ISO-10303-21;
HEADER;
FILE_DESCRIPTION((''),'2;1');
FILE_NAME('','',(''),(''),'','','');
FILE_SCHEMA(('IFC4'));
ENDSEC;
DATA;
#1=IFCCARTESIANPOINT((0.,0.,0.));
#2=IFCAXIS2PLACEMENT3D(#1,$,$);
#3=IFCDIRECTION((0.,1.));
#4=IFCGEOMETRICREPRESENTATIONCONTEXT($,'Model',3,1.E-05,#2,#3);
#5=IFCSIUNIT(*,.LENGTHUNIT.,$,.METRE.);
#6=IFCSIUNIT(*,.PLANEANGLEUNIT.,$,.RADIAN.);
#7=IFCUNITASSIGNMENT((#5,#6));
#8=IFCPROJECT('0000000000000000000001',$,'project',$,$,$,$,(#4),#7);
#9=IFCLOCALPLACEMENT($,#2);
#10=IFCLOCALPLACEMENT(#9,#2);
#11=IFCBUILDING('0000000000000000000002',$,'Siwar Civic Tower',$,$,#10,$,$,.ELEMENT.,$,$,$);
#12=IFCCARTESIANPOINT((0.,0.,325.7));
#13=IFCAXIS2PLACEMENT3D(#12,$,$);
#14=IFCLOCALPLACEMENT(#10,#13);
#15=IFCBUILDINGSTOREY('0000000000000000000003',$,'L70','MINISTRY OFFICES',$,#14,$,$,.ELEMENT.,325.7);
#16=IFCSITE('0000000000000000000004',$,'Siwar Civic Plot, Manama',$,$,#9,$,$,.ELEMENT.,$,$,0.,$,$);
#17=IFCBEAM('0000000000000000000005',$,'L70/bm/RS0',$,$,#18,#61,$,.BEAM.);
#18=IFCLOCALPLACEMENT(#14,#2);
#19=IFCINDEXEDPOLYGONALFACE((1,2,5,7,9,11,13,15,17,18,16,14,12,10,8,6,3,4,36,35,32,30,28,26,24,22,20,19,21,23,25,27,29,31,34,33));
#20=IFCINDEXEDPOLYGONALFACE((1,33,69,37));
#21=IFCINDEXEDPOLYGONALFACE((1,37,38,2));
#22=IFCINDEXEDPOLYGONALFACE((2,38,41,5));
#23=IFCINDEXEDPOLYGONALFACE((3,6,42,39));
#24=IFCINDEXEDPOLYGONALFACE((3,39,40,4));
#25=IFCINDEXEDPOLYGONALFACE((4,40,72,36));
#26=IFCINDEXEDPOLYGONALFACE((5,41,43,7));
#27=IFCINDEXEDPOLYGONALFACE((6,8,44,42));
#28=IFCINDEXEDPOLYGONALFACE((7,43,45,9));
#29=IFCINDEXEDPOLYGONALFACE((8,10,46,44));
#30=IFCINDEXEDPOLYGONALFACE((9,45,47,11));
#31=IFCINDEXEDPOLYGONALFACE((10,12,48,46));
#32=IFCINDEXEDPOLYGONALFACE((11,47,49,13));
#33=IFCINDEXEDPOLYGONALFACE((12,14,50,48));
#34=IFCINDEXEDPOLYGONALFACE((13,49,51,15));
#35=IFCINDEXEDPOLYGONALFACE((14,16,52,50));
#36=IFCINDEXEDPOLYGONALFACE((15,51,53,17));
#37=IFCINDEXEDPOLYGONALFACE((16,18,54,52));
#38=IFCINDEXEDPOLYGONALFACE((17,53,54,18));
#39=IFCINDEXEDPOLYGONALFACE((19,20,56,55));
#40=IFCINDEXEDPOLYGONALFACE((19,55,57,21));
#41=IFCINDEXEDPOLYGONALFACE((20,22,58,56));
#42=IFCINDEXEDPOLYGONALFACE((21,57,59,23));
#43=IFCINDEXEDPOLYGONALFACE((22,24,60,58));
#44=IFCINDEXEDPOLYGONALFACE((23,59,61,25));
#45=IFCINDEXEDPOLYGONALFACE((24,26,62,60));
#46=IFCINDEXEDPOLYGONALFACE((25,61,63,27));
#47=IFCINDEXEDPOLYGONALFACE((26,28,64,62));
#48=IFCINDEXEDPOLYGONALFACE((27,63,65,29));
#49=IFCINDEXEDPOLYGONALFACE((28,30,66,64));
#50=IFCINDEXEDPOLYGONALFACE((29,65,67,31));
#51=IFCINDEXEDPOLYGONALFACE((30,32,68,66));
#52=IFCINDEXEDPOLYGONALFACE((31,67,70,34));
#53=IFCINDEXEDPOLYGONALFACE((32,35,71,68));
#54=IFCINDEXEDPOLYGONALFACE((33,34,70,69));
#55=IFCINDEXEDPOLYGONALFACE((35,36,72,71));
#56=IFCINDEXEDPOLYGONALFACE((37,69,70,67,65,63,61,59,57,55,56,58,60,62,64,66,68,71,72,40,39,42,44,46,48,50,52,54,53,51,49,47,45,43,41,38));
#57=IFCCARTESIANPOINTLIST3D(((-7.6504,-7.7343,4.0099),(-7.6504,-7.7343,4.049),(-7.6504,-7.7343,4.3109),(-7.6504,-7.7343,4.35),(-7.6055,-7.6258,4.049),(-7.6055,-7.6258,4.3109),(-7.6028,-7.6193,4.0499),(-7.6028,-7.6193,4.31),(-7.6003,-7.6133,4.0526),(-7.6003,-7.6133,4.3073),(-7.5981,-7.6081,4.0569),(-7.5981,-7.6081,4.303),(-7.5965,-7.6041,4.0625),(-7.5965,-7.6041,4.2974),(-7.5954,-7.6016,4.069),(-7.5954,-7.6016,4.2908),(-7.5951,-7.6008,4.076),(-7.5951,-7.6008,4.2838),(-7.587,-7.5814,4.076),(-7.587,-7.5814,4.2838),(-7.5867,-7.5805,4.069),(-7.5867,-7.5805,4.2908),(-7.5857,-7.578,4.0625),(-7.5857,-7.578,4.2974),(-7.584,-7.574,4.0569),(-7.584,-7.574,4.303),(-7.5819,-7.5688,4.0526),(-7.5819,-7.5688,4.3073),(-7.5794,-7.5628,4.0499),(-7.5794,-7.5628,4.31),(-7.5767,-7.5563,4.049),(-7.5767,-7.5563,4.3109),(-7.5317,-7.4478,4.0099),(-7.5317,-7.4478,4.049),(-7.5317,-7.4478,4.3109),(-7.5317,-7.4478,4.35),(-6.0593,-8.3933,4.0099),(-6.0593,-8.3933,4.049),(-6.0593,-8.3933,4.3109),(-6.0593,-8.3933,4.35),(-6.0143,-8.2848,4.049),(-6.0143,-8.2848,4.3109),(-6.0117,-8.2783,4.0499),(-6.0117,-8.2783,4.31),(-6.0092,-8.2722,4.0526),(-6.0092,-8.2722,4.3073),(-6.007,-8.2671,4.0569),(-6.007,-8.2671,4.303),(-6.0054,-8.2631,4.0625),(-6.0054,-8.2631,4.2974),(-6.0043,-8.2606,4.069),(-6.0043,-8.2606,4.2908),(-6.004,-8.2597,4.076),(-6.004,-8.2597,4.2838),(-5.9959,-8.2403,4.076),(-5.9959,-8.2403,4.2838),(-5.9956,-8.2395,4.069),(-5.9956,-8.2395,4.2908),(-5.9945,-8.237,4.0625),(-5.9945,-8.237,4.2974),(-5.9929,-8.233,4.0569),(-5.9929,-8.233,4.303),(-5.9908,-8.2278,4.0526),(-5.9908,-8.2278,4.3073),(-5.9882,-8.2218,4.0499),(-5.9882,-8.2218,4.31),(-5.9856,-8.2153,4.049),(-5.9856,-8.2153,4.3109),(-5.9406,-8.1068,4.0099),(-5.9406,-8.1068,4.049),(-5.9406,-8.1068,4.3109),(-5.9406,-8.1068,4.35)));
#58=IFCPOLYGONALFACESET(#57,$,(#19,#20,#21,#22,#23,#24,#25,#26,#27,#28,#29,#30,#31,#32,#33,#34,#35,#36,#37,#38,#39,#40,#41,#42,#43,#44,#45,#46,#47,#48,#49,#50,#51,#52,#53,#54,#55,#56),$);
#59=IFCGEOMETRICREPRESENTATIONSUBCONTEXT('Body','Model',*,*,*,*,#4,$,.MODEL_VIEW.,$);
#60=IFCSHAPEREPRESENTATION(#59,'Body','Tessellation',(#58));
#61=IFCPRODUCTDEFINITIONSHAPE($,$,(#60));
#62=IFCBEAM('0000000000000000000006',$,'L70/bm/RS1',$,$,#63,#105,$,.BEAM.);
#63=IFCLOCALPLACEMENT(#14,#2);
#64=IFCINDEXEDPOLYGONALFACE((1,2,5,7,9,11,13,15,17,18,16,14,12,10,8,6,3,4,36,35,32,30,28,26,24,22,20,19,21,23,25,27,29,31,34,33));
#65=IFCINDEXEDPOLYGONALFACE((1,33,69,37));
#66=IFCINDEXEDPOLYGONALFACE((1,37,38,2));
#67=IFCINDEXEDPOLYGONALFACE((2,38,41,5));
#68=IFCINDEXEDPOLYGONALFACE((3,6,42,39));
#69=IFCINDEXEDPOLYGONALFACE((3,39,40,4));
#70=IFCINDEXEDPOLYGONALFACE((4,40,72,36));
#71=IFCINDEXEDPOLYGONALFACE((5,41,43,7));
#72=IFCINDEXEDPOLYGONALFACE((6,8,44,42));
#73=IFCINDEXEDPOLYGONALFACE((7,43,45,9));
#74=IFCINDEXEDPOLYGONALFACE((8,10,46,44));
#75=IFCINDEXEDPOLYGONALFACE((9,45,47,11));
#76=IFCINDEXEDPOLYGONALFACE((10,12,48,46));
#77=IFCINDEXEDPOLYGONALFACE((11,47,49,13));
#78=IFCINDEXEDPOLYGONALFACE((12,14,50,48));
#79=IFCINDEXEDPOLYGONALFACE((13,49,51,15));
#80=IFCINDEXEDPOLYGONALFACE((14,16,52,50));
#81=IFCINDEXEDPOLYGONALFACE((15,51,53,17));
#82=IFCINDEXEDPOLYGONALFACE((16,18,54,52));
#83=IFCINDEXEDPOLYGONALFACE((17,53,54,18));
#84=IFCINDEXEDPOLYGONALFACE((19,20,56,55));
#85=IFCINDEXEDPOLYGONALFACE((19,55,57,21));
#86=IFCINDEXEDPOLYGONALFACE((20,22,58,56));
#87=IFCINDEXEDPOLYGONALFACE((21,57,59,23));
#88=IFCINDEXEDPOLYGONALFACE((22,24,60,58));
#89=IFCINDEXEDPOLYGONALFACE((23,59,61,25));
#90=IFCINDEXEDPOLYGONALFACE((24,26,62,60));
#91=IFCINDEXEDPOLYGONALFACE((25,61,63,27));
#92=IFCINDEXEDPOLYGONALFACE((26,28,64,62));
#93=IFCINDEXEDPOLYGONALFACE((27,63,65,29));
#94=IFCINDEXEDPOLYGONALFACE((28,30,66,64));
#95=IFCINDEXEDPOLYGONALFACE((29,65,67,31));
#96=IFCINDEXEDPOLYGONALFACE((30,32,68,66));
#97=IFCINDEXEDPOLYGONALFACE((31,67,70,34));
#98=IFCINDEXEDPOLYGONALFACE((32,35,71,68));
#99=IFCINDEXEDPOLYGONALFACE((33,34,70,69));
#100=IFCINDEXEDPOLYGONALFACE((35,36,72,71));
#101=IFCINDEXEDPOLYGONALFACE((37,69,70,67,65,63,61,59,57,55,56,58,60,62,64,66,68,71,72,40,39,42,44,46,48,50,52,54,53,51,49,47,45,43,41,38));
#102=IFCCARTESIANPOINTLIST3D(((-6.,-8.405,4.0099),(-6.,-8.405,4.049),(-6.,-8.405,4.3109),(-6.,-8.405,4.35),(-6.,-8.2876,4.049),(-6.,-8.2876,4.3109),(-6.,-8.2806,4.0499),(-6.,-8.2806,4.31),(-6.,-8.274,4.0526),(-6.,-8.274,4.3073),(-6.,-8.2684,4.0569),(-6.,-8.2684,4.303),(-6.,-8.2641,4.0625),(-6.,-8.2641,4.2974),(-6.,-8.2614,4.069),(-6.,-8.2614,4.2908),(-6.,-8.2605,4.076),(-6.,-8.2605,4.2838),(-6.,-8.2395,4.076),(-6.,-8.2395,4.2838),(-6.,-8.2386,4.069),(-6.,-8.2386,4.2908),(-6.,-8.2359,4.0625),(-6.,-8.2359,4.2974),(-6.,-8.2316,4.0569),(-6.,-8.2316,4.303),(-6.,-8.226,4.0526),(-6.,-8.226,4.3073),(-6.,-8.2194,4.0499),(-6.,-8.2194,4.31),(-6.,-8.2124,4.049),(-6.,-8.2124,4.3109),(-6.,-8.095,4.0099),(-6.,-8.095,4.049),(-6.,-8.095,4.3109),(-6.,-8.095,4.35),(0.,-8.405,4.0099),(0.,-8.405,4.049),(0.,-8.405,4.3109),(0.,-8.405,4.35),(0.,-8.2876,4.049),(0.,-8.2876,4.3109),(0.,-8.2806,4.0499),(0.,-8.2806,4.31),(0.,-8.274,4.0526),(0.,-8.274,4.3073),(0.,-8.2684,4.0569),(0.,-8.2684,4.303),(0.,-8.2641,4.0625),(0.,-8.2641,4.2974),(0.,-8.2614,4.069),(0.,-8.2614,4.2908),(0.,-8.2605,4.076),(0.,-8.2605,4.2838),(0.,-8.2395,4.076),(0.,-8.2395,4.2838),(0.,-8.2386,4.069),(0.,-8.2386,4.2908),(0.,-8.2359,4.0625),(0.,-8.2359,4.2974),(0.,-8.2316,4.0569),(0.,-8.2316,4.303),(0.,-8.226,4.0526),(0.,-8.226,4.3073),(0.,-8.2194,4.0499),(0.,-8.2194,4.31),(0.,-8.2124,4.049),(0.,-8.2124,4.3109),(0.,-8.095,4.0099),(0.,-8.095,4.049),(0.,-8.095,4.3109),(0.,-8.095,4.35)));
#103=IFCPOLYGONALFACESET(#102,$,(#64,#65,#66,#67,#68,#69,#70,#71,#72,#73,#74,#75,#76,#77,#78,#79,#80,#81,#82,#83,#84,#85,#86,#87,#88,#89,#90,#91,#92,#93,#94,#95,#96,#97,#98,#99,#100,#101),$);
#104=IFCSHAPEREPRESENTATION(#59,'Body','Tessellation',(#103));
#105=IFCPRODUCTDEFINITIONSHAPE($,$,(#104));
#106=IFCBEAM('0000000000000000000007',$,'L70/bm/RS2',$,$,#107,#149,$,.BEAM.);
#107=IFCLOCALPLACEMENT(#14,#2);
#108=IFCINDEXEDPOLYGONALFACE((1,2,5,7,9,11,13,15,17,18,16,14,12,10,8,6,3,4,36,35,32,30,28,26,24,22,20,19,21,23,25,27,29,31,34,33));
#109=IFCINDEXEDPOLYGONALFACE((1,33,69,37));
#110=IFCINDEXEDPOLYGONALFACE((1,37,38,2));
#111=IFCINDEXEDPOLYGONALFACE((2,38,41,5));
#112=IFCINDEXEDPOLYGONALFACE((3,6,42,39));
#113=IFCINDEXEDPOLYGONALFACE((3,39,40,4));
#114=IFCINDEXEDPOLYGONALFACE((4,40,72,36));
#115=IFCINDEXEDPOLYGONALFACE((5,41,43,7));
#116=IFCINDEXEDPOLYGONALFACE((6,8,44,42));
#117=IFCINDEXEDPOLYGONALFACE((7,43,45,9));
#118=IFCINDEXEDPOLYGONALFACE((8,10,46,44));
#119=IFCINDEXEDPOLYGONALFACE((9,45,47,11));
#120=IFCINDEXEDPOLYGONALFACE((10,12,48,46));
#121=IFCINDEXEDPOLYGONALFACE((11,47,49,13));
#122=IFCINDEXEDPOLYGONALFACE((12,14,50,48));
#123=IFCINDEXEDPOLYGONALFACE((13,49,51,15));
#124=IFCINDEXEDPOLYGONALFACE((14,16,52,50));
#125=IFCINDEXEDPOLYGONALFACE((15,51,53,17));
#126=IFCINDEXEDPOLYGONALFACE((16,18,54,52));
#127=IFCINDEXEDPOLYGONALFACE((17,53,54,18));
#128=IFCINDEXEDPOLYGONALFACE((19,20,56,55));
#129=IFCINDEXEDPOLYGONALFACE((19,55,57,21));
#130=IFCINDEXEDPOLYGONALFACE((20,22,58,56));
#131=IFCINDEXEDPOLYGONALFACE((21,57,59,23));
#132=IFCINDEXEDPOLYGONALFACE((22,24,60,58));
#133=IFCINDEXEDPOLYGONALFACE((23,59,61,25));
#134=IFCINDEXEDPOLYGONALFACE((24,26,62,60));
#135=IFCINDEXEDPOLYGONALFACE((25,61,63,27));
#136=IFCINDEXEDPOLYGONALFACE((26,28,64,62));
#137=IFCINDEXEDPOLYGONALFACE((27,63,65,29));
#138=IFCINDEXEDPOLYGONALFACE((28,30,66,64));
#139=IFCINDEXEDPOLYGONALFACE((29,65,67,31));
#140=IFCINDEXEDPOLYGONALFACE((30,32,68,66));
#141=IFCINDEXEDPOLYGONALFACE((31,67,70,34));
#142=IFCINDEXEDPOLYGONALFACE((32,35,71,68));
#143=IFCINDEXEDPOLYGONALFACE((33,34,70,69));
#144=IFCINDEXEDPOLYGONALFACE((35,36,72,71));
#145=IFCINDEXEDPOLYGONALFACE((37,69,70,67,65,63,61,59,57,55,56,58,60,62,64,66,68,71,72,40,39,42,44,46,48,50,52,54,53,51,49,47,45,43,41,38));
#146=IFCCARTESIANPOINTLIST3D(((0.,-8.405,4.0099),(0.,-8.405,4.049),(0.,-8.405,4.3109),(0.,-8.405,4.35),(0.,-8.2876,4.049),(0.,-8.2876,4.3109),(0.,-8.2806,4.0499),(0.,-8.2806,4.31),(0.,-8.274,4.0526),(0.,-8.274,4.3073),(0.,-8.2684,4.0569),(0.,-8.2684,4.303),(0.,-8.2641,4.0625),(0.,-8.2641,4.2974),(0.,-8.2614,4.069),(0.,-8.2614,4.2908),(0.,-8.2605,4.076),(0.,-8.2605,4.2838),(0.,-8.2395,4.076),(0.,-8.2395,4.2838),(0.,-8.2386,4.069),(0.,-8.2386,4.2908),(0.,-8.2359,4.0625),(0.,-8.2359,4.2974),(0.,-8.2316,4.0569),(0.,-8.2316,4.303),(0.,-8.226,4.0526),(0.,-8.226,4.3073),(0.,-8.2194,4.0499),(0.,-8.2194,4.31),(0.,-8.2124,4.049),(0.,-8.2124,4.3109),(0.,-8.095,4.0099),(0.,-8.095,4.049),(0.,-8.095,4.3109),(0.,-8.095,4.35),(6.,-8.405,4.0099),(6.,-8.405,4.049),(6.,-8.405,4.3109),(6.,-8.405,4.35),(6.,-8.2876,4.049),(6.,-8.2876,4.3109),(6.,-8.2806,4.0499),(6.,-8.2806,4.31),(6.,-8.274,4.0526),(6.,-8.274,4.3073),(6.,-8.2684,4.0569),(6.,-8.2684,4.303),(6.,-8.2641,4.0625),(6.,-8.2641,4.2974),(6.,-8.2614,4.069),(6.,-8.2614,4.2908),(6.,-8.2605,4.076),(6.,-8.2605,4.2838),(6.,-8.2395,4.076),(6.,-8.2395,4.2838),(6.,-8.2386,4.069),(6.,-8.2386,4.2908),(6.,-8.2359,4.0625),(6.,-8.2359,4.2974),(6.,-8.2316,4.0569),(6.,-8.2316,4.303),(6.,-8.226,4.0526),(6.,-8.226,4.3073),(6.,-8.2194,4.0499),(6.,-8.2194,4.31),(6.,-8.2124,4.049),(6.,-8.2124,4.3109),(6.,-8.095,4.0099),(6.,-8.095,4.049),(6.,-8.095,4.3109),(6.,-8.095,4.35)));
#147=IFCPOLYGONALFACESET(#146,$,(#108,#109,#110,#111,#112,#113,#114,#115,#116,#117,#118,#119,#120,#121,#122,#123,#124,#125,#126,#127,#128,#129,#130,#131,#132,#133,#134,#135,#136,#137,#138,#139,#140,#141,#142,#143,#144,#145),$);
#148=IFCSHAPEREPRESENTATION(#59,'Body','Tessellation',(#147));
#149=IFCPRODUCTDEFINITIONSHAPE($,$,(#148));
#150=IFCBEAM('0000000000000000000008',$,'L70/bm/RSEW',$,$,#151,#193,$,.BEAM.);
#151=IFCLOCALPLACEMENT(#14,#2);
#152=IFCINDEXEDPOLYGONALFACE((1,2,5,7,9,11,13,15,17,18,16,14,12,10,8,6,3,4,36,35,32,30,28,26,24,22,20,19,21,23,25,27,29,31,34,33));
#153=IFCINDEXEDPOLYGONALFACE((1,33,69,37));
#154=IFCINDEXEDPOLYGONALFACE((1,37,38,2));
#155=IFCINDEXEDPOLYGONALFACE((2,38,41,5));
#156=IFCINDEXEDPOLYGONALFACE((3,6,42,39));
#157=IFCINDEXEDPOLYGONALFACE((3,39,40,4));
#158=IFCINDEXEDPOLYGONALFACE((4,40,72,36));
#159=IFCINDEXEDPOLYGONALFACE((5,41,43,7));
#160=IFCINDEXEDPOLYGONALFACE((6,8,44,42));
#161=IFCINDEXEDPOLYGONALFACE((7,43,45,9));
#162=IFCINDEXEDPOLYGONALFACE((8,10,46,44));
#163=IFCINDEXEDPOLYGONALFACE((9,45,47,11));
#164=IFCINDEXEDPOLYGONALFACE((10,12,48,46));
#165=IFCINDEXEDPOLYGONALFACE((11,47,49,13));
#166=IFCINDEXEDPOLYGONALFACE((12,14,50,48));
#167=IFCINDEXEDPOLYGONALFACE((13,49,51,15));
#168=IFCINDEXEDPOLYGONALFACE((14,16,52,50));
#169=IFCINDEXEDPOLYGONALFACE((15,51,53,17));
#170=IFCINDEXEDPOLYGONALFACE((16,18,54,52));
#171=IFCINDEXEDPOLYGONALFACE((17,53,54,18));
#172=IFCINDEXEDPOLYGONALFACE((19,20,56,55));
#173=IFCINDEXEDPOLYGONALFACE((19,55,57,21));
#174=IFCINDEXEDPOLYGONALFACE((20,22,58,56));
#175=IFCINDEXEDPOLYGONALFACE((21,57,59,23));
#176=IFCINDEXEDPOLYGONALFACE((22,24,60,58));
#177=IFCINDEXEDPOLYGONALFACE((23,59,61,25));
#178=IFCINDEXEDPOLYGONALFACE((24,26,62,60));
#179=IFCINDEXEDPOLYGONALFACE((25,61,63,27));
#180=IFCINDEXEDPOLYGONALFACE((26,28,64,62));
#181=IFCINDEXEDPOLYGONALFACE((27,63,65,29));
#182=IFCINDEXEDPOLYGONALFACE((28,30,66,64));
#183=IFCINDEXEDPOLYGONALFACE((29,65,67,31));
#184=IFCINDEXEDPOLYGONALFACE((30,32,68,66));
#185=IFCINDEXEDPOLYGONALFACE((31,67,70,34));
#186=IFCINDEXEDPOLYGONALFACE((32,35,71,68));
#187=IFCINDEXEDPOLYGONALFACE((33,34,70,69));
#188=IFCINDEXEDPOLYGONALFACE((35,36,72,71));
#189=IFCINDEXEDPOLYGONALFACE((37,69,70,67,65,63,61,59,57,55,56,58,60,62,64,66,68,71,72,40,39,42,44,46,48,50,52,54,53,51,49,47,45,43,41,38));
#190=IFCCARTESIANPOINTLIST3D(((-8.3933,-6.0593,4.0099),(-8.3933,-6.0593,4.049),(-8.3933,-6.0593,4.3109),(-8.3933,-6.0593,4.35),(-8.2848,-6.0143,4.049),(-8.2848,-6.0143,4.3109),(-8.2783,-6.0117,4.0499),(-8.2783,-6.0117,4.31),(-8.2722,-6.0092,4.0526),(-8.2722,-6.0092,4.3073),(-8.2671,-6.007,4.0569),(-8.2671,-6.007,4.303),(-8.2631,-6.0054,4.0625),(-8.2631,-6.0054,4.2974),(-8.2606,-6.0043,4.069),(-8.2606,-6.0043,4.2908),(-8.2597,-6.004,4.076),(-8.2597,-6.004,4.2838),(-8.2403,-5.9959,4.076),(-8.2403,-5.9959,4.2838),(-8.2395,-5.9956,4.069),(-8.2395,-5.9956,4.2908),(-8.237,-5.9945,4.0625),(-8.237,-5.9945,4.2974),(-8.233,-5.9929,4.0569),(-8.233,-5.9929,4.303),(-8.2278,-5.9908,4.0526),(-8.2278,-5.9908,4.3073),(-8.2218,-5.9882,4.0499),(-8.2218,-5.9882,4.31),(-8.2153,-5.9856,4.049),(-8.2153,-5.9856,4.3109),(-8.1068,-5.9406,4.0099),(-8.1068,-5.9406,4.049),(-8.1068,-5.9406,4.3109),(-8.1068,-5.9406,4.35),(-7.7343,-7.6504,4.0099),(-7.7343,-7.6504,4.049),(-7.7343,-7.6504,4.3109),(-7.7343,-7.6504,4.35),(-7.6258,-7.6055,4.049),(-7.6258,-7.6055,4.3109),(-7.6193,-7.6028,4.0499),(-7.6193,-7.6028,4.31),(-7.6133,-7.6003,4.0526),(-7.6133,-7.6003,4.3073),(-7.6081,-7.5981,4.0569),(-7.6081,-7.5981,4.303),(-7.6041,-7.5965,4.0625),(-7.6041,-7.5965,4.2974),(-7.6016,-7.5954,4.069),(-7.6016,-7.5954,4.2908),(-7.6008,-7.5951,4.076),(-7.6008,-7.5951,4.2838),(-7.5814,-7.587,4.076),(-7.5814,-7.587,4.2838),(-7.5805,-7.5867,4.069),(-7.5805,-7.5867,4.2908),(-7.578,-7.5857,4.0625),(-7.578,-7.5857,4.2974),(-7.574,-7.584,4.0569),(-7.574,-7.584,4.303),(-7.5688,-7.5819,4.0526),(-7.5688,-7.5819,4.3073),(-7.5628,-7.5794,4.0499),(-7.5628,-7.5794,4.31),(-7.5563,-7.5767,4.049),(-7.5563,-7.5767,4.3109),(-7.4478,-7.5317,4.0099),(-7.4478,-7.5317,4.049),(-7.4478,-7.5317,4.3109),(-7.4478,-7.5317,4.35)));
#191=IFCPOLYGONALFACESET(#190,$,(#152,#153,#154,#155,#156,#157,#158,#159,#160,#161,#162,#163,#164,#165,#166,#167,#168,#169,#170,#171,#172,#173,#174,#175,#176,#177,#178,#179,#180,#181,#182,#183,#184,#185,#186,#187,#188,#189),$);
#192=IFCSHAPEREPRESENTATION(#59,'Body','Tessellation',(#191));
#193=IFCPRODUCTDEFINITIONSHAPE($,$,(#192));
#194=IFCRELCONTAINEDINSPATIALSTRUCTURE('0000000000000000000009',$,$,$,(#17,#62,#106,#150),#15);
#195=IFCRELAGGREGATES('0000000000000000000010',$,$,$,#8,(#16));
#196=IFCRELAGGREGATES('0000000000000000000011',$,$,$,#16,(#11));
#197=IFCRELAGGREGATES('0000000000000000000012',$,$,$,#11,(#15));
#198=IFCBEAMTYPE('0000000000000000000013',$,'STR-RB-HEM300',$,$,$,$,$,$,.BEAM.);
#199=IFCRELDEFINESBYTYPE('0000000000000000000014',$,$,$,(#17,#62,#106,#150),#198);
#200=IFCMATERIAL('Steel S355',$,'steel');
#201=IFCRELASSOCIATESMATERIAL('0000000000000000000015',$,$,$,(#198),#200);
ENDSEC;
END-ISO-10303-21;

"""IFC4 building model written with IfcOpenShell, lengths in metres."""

from ifc_helpers import new_model, si_unit, direction, frame, origin, origin_2d, place, context, subcontext, project, spatial, i_section, extrude, material, material_profile, profile_set, type_object, element, save


model = new_model("IFC4")

# Units and contexts
model_context = context("Model", 3, precision=1e-05, world=origin(), true_north=direction((0.0, 1.0)))
body_context = subcontext(model_context, "Body", "Model", "MODEL_VIEW")
ifc_project = project(units=[si_unit("LENGTHUNIT", "METRE"), si_unit("PLANEANGLEUNIT", "RADIAN")], contexts=[model_context])

# Site, building, storey
site_placement = place(None, origin())
site = spatial("IfcSite", under=ifc_project, at=site_placement, Name="Siwar Civic Plot, Manama", CompositionType="ELEMENT", RefElevation=0.0)
building_placement = place(site_placement, origin())
building = spatial("IfcBuilding", under=site, at=building_placement, Name="Siwar Civic Tower", CompositionType="ELEMENT")
storey_placement = place(building_placement, frame((0.0, 0.0, 325.7)))
storey = spatial("IfcBuildingStorey", under=building, at=storey_placement, Name="L70", Description="MINISTRY OFFICES", CompositionType="ELEMENT", Elevation=325.7)

# Beams
ifc_material_1 = material(Name="Steel S355", Category="steel")
ifc_material_profile_1 = material_profile(ifc_material_1, i_section(OverallWidth=0.3101, OverallDepth=0.3401, WebThickness=0.021, FlangeThickness=0.0391, FilletRadius=0.0271, at=origin_2d()), Name="HEM300")
ifc_profile_set_1 = profile_set([ifc_material_profile_1], Name="Steel S355")
beam_type_1 = type_object("IfcBeamType", Name="STR-RB-HEM300", PredefinedType="BEAM", material=ifc_profile_set_1)
beam_1_placement = place(storey_placement, frame((-7.5911, -7.5911, 4.1799), z_axis=(0.923901, -0.382631, 0.0), x_axis=(0.382631, 0.923901, 0.0)))
element("IfcBeam", 1, at=beam_1_placement, inside=storey, type_object=beam_type_1, Name="L70/bm/RS0", PredefinedType="BEAM", context=body_context, shape_type="SweptSolid", body=[
    extrude(i_section(OverallWidth=0.3101, OverallDepth=0.3401, WebThickness=0.021, FlangeThickness=0.0391, FilletRadius=0.0271, at=origin_2d()), origin(), (0.0, 0.0, 1.0), 1.7222),
])
for number, where, z_axis, x_axis, name in (
    (2, (-6.0, -8.25, 4.1799), (1.0, 0.0, 0.0), (0.0, 1.0, 0.0), "L70/bm/RS1"),
    (3, (0.0, -8.25, 4.1799), (1.0, 0.0, 0.0), (0.0, 1.0, 0.0), "L70/bm/RS2"),
):
    element("IfcBeam", number, at=place(storey_placement, frame(where, z_axis=z_axis, x_axis=x_axis)), inside=storey, type_object=beam_type_1, Name=name, PredefinedType="BEAM", context=body_context, shape_type="SweptSolid", body=[
        extrude(i_section(OverallWidth=0.3101, OverallDepth=0.3401, WebThickness=0.021, FlangeThickness=0.0391, FilletRadius=0.0271, at=origin_2d()), origin(), (0.0, 0.0, 1.0), 6.0),
    ])
beam_2_placement = place(storey_placement, frame((-7.5911, -7.5911, 4.1799), z_axis=(-0.382631, 0.923901, 0.0), x_axis=(-0.923901, -0.382631, 0.0)))
element("IfcBeam", 4, at=beam_2_placement, inside=storey, type_object=beam_type_1, Name="L70/bm/RSEW", PredefinedType="BEAM", context=body_context, shape_type="SweptSolid", body=[
    extrude(i_section(OverallWidth=0.3101, OverallDepth=0.3401, WebThickness=0.021, FlangeThickness=0.0391, FilletRadius=0.0271, at=origin_2d()), origin(), (0.0, 0.0, 1.0), 1.7222),
])

save(model, "model.ifc")
